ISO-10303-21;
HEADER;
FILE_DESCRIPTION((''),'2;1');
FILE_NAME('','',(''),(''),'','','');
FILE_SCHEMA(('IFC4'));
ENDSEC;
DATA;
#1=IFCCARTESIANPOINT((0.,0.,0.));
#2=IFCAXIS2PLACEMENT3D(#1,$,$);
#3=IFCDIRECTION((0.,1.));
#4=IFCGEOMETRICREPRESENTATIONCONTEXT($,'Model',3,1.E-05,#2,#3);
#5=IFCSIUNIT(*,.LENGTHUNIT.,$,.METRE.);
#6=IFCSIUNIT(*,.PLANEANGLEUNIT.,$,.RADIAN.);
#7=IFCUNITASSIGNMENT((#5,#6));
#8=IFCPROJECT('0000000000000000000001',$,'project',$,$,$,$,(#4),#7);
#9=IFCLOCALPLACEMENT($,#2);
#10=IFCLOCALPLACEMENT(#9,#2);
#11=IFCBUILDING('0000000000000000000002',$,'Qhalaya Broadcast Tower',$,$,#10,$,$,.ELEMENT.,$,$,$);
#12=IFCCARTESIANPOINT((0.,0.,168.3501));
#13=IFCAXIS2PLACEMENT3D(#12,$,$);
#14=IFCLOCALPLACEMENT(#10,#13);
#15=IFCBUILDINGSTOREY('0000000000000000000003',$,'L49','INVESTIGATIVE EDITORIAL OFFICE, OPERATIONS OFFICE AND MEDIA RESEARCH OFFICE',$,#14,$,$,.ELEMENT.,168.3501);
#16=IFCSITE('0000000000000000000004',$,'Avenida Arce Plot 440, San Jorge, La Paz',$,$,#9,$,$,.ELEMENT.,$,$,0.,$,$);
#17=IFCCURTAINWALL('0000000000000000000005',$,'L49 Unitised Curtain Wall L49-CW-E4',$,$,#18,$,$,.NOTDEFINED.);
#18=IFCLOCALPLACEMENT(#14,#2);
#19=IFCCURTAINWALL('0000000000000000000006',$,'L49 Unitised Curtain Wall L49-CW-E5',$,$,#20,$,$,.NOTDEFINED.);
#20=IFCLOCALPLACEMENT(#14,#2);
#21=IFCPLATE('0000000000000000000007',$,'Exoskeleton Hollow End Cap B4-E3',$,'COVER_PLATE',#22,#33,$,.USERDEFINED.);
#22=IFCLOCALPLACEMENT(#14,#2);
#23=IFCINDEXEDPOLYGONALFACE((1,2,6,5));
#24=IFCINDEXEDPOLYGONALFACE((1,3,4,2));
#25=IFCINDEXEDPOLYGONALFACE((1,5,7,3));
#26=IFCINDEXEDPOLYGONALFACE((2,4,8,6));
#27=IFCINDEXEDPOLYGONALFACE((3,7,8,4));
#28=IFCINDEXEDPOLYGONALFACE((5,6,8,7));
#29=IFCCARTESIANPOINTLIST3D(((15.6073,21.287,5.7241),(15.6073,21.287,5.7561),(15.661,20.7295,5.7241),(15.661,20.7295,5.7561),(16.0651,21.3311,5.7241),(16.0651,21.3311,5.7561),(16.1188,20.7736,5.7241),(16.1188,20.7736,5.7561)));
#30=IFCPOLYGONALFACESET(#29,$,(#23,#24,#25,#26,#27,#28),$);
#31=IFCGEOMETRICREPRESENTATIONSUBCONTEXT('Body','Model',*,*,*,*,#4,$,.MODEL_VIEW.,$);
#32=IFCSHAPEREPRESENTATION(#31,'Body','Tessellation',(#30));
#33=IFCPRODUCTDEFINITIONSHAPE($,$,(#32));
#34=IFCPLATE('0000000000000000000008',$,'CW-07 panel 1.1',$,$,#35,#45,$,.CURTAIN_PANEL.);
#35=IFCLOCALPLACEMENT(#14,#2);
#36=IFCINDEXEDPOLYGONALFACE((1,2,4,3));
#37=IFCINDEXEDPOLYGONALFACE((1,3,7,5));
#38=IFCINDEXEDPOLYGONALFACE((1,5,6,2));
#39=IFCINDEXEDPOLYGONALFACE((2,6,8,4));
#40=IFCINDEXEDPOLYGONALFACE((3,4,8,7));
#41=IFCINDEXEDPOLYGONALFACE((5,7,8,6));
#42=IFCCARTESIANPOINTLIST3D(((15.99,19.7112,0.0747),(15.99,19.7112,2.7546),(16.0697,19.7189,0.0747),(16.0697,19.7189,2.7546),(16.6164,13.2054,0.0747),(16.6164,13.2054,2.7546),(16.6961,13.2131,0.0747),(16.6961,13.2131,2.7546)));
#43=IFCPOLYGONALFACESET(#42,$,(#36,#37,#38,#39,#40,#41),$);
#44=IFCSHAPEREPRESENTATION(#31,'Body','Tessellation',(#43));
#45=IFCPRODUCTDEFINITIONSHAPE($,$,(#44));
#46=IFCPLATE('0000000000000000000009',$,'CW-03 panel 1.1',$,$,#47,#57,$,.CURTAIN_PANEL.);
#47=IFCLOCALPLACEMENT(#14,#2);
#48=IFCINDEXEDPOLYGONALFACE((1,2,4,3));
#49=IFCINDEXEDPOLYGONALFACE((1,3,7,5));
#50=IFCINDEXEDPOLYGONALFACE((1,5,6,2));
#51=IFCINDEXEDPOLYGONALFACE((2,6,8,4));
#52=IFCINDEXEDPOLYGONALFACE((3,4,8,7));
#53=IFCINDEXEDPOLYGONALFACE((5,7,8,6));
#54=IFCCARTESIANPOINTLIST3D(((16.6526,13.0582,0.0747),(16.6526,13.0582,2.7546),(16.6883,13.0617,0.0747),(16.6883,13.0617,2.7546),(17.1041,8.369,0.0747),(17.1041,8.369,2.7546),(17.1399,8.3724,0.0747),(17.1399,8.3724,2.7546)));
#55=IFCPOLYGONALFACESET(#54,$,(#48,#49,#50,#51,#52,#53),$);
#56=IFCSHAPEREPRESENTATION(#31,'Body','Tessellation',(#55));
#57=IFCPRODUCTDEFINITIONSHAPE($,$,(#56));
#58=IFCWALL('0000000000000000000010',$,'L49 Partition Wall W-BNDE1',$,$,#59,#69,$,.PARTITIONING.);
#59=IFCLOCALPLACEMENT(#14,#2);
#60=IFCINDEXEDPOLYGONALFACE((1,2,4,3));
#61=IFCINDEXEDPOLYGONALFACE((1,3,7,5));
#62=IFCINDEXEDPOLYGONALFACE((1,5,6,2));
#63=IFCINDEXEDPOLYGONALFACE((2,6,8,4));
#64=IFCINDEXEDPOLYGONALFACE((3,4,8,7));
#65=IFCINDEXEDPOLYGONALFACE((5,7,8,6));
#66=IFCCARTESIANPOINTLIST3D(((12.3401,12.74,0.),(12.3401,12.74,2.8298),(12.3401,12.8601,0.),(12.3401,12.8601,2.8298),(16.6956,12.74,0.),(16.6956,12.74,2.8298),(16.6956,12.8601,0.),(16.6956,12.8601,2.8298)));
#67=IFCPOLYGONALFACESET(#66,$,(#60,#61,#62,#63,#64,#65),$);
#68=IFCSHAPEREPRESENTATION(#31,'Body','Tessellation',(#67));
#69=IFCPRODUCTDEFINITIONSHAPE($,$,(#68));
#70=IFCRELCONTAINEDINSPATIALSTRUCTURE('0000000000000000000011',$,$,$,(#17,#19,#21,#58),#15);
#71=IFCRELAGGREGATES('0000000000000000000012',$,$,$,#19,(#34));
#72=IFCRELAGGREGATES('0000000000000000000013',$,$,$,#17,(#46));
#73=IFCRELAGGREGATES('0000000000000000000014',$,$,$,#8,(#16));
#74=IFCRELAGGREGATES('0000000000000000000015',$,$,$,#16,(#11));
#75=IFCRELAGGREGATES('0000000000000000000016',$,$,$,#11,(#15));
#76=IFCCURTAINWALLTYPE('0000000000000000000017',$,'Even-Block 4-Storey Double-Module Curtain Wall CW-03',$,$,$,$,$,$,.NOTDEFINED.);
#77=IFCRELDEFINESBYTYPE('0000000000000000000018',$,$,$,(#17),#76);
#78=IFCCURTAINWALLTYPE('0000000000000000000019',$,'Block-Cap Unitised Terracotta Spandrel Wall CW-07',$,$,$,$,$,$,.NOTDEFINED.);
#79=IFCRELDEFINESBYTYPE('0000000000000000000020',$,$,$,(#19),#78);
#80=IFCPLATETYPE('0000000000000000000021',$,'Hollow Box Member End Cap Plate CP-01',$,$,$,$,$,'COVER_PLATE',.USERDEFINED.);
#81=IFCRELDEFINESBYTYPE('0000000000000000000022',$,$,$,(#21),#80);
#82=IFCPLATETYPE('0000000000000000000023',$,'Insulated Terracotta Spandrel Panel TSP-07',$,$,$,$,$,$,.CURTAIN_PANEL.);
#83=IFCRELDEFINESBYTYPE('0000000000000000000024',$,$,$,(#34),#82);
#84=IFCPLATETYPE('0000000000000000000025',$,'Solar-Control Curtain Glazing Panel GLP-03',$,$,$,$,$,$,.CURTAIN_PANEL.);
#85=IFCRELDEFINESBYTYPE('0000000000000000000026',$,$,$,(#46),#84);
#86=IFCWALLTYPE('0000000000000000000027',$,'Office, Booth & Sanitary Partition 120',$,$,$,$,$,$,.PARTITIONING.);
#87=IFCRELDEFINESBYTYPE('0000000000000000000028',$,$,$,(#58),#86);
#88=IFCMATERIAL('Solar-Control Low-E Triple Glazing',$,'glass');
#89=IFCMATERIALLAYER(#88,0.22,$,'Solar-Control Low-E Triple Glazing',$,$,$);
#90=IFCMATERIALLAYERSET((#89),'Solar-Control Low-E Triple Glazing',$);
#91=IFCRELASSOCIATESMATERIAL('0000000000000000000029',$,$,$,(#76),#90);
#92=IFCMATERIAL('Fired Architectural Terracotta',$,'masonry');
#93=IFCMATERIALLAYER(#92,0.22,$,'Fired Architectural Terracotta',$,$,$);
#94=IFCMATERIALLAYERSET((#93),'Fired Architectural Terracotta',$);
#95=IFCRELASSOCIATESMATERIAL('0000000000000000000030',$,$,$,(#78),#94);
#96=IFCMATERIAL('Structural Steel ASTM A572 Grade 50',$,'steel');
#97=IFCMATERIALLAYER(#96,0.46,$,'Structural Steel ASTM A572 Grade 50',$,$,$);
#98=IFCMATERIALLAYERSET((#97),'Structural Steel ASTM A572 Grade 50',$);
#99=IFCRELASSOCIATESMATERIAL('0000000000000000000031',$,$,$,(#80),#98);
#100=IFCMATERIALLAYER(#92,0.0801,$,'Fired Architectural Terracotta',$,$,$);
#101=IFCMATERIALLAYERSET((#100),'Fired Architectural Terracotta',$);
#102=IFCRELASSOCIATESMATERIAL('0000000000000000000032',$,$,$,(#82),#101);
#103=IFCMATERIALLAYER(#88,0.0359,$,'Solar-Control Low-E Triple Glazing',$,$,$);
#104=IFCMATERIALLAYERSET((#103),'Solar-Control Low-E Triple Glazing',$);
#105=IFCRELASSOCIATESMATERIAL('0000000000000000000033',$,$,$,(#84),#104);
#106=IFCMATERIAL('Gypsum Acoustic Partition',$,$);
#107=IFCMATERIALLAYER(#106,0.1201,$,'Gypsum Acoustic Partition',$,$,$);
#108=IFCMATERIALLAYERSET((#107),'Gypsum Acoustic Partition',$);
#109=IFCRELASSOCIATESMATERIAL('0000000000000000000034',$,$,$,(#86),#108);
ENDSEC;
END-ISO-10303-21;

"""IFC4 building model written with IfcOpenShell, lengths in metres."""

from ifc_helpers import new_model, si_unit, direction, frame, frame_2d, origin, origin_2d, place, context, subcontext, project, spatial, rectangle, extrude, material, layer, layer_set, type_object, element, aggregate, save


model = new_model("IFC4")

# Units and contexts
model_context = context("Model", 3, precision=1e-05, world=origin(), true_north=direction((0.0, 1.0)))
body_context = subcontext(model_context, "Body", "Model", "MODEL_VIEW")
ifc_project = project(units=[si_unit("LENGTHUNIT", "METRE"), si_unit("PLANEANGLEUNIT", "RADIAN")], contexts=[model_context])

# Site, building, storey
site_placement = place(None, origin())
site = spatial("IfcSite", under=ifc_project, at=site_placement, Name="Avenida Arce Plot 440, San Jorge, La Paz", CompositionType="ELEMENT", RefElevation=0.0)
building_placement = place(site_placement, origin())
building = spatial("IfcBuilding", under=site, at=building_placement, Name="Qhalaya Broadcast Tower", CompositionType="ELEMENT")
storey_placement = place(building_placement, frame((0.0, 0.0, 168.3501)))
storey = spatial("IfcBuildingStorey", under=building, at=storey_placement, Name="L49", Description="INVESTIGATIVE EDITORIAL OFFICE, OPERATIONS OFFICE AND MEDIA RESEARCH OFFICE", CompositionType="ELEMENT", Elevation=168.3501)

# Shared definitions
ifc_material_1 = material(Name="Structural Steel ASTM A572 Grade 50", Category="steel")

# Shared definitions
ifc_material_2 = material(Name="Fired Architectural Terracotta", Category="masonry")

# Curtain wall
ifc_material_3 = material(Name="Solar-Control Low-E Triple Glazing", Category="glass")
ifc_layer_1 = layer(ifc_material_3, 0.22, Name="Solar-Control Low-E Triple Glazing")
ifc_layer_set_1 = layer_set([ifc_layer_1], Name="Solar-Control Low-E Triple Glazing")
curtain_wall_type_1 = type_object("IfcCurtainWallType", Name="Even-Block 4-Storey Double-Module Curtain Wall CW-03", PredefinedType="NOTDEFINED", material=ifc_layer_set_1)
curtain_wall_1_placement = place(storey_placement, origin())
curtain_wall_1 = element("IfcCurtainWall", 1, at=curtain_wall_1_placement, inside=storey, type_object=curtain_wall_type_1, Name="L49 Unitised Curtain Wall L49-CW-E4", PredefinedType="NOTDEFINED")

# Curtain wall
ifc_layer_2 = layer(ifc_material_2, 0.22, Name="Fired Architectural Terracotta")
ifc_layer_set_2 = layer_set([ifc_layer_2], Name="Fired Architectural Terracotta")
curtain_wall_type_2 = type_object("IfcCurtainWallType", Name="Block-Cap Unitised Terracotta Spandrel Wall CW-07", PredefinedType="NOTDEFINED", material=ifc_layer_set_2)
curtain_wall_2_placement = place(storey_placement, origin())
curtain_wall_2 = element("IfcCurtainWall", 2, at=curtain_wall_2_placement, inside=storey, type_object=curtain_wall_type_2, Name="L49 Unitised Curtain Wall L49-CW-E5", PredefinedType="NOTDEFINED")

# Plate
ifc_layer_3 = layer(ifc_material_1, 0.46, Name="Structural Steel ASTM A572 Grade 50")
ifc_layer_set_3 = layer_set([ifc_layer_3], Name="Structural Steel ASTM A572 Grade 50")
plate_type_1 = type_object("IfcPlateType", Name="Hollow Box Member End Cap Plate CP-01", ElementType="COVER_PLATE", PredefinedType="USERDEFINED", material=ifc_layer_set_3)
plate_1_placement = place(storey_placement, frame((15.863, 21.0303, 5.7241), z_axis=(0.0, 0.0, 1.0), x_axis=(-0.095846, 0.995396, 0.0)))
element("IfcPlate", 3, at=plate_1_placement, inside=storey, type_object=plate_type_1, Name="Exoskeleton Hollow End Cap B4-E3", ObjectType="COVER_PLATE", PredefinedType="USERDEFINED", context=body_context, shape_type="SweptSolid", body=[
    extrude(rectangle(XDim=0.5601, YDim=0.46, at=origin_2d()), origin(), (0.0, 0.0, 1.0), 0.032),
])

# Plates
ifc_layer_4 = layer(ifc_material_2, 0.0801, Name="Fired Architectural Terracotta")
ifc_layer_set_4 = layer_set([ifc_layer_4], Name="Fired Architectural Terracotta")
plate_type_2 = type_object("IfcPlateType", Name="Insulated Terracotta Spandrel Panel TSP-07", PredefinedType="CURTAIN_PANEL", material=ifc_layer_set_4)
plate_2_placement = place(storey_placement, frame((16.343, 16.4622, 0.0747), z_axis=(0.0, 0.0, 1.0), x_axis=(-0.095842, 0.995397, 0.0)))
plate_2 = element("IfcPlate", 4, at=plate_2_placement, type_object=plate_type_2, Name="CW-07 panel 1.1", PredefinedType="CURTAIN_PANEL", context=body_context, shape_type="SweptSolid", body=[
    extrude(rectangle(XDim=6.5359, YDim=0.0801, at=origin_2d()), origin(), (0.0, 0.0, 1.0), 2.6799),
])
aggregate(curtain_wall_2, [plate_2])
ifc_layer_5 = layer(ifc_material_3, 0.0359, Name="Solar-Control Low-E Triple Glazing")
ifc_layer_set_5 = layer_set([ifc_layer_5], Name="Solar-Control Low-E Triple Glazing")
plate_type_3 = type_object("IfcPlateType", Name="Solar-Control Curtain Glazing Panel GLP-03", PredefinedType="CURTAIN_PANEL", material=ifc_layer_set_5)
plate_3_placement = place(storey_placement, frame((16.8962, 10.7153, 0.0747), z_axis=(0.0, 0.0, 1.0), x_axis=(-0.095845, 0.995396, 0.0)))
plate_3 = element("IfcPlate", 5, at=plate_3_placement, type_object=plate_type_3, Name="CW-03 panel 1.1", PredefinedType="CURTAIN_PANEL", context=body_context, shape_type="SweptSolid", body=[
    extrude(rectangle(XDim=4.7109, YDim=0.0359, at=origin_2d()), origin(), (0.0, 0.0, 1.0), 2.6799),
])
aggregate(curtain_wall_1, [plate_3])

# Wall
ifc_material_4 = material(Name="Gypsum Acoustic Partition")
ifc_layer_6 = layer(ifc_material_4, 0.1201, Name="Gypsum Acoustic Partition")
ifc_layer_set_6 = layer_set([ifc_layer_6], Name="Gypsum Acoustic Partition")
wall_type = type_object("IfcWallType", Name="Office, Booth & Sanitary Partition 120", PredefinedType="PARTITIONING", material=ifc_layer_set_6)
wall_placement = place(storey_placement, frame((12.3401, 12.8, 0.0), z_axis=(0.0, 0.0, 1.0), x_axis=(1.0, 0.0, 0.0)))
element("IfcWall", 6, at=wall_placement, inside=storey, type_object=wall_type, Name="L49 Partition Wall W-BNDE1", PredefinedType="PARTITIONING", context=body_context, shape_type="SweptSolid", body=[
    extrude(rectangle(XDim=4.3555, YDim=0.1201, at=frame_2d((2.1777, 0.0))), origin(), (0.0, 0.0, 1.0), 2.8298),
])

save(model, "model.ifc")
